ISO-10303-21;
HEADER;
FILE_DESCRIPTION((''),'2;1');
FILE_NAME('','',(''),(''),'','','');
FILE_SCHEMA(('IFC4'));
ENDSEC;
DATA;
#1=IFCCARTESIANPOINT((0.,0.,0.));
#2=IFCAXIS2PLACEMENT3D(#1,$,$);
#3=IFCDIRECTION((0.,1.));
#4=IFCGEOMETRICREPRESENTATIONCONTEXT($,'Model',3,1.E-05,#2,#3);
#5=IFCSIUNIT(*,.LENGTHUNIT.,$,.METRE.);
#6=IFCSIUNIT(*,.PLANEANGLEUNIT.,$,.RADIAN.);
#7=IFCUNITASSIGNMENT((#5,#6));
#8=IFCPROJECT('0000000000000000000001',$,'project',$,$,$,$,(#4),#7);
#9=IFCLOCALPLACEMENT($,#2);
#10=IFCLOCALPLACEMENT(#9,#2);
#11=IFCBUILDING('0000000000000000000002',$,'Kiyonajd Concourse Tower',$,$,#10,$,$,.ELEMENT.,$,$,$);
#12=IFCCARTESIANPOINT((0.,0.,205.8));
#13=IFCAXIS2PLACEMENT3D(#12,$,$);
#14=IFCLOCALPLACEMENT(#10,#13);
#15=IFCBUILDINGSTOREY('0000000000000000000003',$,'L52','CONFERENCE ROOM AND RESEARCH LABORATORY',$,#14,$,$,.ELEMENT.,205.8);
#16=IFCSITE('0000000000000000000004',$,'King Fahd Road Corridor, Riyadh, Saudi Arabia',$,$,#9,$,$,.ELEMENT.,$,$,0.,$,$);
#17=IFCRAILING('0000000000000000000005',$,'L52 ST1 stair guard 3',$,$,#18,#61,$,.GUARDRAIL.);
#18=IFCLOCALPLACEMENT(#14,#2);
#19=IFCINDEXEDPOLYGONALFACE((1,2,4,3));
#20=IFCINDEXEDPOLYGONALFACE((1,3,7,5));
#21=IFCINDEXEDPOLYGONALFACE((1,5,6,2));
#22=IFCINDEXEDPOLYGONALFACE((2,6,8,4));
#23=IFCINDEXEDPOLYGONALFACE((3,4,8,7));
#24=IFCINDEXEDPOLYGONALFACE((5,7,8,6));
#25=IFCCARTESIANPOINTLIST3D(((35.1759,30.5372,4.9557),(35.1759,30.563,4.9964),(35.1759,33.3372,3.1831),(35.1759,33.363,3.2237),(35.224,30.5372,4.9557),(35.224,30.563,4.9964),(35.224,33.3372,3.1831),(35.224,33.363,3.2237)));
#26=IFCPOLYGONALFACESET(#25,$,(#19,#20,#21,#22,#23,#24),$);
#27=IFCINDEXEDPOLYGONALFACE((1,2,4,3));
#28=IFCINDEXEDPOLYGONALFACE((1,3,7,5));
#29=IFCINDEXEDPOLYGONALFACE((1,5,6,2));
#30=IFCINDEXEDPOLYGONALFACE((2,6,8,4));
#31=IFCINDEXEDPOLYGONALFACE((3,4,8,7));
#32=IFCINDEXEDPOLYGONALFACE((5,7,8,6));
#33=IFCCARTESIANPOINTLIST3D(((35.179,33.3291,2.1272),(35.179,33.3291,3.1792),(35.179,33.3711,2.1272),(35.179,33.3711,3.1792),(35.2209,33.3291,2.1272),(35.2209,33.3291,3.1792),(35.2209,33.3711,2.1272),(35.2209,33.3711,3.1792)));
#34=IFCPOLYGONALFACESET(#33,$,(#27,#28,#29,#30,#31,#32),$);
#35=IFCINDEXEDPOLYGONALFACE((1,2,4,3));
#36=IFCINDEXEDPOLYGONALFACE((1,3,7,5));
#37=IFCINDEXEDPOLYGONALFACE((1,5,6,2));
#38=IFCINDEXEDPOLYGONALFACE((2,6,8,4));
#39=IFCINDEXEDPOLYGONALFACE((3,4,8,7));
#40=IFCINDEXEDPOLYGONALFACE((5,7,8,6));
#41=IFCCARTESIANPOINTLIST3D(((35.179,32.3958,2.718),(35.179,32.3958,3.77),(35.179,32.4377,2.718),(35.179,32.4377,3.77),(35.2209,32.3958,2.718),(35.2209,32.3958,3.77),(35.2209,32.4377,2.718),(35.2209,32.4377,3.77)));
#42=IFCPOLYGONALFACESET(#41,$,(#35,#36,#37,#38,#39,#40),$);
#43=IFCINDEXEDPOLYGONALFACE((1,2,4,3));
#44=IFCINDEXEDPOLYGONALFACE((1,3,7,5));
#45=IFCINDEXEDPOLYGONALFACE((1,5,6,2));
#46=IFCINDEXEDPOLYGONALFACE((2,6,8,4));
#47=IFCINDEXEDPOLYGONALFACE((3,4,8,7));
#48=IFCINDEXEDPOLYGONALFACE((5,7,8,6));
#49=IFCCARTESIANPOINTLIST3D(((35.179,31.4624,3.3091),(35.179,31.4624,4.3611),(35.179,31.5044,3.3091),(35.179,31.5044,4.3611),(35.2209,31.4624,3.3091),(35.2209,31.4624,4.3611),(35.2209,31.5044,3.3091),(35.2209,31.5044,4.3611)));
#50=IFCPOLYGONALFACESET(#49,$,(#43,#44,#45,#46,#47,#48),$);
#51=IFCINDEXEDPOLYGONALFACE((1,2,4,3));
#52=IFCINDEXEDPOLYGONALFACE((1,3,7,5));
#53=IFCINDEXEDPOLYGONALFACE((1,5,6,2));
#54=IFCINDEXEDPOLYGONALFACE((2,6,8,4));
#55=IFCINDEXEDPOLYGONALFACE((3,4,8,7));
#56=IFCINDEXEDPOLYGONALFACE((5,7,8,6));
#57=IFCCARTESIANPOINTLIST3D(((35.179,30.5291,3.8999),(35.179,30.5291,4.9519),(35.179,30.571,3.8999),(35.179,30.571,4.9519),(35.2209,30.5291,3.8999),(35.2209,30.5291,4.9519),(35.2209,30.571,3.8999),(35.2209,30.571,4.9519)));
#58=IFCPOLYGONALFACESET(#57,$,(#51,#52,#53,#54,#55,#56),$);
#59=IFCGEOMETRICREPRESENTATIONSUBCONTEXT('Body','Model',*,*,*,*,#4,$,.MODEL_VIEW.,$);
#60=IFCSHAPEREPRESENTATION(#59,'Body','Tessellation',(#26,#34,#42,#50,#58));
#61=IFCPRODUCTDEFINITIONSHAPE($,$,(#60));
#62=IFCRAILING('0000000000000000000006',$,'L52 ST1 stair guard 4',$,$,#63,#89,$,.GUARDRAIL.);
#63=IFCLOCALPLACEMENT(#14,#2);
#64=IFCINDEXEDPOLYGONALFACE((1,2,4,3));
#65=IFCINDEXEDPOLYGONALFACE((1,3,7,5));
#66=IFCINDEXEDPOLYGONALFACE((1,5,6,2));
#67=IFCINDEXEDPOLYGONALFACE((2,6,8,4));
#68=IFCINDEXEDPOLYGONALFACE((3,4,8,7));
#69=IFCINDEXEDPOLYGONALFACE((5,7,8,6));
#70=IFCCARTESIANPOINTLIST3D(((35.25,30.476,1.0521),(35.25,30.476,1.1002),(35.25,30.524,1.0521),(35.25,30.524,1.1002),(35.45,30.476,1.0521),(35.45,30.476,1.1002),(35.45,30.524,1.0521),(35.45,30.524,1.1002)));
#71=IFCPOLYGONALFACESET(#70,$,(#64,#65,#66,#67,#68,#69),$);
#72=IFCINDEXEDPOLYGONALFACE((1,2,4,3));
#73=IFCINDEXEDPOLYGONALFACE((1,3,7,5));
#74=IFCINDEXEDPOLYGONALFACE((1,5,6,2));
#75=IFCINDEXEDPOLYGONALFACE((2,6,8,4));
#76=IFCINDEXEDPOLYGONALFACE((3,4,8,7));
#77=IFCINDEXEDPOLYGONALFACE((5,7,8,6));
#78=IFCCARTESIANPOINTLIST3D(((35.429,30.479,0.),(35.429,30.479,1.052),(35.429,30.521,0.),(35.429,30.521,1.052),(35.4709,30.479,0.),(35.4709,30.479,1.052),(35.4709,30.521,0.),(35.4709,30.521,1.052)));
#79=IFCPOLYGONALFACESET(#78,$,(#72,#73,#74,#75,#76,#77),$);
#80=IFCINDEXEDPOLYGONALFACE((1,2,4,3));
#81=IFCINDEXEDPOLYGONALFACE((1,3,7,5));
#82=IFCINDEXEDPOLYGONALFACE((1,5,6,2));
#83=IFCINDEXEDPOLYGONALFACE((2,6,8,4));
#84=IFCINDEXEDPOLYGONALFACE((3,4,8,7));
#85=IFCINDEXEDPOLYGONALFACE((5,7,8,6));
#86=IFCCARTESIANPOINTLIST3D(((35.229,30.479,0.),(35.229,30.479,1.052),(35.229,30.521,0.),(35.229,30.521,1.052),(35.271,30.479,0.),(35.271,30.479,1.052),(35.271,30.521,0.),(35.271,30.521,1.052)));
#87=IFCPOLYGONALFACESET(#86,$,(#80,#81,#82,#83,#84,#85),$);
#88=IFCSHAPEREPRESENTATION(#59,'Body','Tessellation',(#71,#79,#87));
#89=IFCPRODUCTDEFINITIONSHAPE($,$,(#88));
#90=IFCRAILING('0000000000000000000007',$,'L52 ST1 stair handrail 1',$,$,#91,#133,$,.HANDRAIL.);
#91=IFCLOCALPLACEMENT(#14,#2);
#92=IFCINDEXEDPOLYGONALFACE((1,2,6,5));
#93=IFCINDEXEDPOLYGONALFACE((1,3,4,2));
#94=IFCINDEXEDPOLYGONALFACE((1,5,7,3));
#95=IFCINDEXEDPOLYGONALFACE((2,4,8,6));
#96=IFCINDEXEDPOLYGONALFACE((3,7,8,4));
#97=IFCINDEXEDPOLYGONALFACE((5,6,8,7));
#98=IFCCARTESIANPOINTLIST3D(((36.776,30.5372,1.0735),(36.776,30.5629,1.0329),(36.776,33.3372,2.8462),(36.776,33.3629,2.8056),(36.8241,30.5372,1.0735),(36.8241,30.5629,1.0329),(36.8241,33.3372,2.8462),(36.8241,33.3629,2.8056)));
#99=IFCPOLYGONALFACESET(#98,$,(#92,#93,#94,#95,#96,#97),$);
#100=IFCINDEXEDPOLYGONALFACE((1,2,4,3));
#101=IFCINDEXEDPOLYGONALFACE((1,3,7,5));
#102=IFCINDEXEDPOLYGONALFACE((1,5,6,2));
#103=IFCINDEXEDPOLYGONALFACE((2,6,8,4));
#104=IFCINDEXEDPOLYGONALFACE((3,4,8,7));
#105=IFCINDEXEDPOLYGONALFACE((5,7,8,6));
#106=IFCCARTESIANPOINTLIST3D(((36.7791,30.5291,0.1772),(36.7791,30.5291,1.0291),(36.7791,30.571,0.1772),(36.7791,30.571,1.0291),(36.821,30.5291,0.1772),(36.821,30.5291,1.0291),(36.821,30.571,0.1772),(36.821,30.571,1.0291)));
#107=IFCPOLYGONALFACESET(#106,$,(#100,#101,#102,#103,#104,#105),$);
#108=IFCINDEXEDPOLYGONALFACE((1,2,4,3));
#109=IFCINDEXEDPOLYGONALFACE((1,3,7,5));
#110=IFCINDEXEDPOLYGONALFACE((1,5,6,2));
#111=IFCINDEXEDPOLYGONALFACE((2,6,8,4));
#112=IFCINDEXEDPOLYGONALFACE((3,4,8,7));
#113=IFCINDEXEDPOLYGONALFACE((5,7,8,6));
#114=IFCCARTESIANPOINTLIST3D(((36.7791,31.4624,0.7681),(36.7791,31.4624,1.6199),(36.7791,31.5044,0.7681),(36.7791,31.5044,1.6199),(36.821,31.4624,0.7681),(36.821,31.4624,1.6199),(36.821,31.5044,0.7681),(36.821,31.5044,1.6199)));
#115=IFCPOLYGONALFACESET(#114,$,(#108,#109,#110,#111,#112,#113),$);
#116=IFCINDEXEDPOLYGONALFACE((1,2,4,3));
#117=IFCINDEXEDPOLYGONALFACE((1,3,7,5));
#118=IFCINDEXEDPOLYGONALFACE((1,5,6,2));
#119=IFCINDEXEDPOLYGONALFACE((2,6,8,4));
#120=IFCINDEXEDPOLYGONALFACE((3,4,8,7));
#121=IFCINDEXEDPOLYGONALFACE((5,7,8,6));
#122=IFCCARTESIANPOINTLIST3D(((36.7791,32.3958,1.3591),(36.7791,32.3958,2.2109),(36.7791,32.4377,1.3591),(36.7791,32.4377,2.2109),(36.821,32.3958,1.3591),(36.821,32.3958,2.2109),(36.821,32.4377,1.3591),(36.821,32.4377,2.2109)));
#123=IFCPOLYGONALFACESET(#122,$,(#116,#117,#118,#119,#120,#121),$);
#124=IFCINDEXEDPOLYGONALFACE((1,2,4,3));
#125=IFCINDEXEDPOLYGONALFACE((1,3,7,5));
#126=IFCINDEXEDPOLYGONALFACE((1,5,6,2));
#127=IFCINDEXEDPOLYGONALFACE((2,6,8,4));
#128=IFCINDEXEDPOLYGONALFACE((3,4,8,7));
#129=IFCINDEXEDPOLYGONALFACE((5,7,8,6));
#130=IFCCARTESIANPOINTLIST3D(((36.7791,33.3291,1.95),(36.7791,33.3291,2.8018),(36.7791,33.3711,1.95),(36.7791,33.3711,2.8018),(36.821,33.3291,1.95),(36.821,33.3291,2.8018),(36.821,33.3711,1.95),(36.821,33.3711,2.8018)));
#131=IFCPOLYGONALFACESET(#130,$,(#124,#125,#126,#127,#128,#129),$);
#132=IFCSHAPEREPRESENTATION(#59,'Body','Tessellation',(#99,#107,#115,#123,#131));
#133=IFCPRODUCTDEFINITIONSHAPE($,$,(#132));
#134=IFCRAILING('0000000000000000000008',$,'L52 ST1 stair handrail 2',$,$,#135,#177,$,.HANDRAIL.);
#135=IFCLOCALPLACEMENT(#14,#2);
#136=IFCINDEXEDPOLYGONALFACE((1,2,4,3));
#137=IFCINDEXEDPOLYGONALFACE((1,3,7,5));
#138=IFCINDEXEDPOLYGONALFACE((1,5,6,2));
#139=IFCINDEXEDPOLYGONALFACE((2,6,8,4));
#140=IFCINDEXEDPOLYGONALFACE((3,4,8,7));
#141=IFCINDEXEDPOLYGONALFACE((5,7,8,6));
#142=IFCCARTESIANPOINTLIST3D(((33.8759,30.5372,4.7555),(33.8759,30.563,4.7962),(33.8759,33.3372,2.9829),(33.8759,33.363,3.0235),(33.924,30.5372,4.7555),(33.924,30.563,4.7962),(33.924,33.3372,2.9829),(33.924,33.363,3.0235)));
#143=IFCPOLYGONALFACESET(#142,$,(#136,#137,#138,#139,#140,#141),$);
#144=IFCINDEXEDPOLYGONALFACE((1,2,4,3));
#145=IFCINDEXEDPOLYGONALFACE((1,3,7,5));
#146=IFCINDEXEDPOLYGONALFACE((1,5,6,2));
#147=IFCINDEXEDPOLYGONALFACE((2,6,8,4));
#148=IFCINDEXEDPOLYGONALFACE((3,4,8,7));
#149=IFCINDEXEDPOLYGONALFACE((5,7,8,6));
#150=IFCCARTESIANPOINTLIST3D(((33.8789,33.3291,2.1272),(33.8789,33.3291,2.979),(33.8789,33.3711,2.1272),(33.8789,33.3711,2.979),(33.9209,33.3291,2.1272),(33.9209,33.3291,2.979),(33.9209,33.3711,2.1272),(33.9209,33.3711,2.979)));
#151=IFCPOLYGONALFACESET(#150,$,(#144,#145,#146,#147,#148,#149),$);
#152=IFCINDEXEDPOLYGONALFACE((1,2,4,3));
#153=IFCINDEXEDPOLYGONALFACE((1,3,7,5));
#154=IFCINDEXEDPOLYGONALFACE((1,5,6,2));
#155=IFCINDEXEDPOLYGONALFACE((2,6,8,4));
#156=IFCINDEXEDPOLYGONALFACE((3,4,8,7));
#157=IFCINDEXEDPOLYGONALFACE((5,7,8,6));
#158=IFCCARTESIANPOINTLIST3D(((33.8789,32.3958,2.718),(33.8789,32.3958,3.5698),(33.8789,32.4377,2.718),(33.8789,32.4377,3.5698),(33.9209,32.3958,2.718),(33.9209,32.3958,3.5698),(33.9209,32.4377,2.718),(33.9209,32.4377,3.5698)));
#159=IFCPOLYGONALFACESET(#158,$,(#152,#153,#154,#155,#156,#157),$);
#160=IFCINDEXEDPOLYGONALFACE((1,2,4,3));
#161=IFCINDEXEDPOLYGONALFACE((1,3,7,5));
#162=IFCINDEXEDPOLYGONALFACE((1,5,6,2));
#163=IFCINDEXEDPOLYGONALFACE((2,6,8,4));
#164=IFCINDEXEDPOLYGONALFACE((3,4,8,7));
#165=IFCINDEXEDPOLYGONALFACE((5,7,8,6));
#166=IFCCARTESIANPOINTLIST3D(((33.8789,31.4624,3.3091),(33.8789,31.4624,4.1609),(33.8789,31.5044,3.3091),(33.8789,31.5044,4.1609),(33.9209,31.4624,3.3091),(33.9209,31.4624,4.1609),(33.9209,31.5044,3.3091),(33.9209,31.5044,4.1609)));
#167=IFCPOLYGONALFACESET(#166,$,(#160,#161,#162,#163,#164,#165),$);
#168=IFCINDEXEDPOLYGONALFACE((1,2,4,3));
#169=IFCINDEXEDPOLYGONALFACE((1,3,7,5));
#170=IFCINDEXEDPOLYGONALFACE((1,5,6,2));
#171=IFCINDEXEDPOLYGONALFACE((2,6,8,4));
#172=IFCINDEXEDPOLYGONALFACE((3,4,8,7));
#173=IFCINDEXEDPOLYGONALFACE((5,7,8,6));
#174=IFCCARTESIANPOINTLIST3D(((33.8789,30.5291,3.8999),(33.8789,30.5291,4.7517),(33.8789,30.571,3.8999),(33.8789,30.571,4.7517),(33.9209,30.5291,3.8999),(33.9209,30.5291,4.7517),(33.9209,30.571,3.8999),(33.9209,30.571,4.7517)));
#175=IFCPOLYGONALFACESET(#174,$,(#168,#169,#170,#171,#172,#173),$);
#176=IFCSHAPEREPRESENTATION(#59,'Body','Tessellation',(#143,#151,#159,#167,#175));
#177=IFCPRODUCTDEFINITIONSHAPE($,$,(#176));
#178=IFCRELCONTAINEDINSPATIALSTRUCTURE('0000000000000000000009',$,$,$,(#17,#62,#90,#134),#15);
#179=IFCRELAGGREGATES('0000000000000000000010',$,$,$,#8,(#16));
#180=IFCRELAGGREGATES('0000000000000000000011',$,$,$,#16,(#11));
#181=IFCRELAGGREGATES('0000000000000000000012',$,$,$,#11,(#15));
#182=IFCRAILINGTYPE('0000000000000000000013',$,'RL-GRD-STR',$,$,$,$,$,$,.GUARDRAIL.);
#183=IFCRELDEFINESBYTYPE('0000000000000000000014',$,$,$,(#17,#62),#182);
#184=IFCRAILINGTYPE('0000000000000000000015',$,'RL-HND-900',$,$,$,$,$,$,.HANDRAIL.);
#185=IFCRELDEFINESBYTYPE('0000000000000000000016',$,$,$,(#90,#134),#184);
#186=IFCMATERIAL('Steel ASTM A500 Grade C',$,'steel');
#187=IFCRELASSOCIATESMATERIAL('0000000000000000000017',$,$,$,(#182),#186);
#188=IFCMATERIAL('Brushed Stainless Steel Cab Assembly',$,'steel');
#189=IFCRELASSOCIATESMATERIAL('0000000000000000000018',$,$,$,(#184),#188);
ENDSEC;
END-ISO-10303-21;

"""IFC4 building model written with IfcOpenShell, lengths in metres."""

from ifc_helpers import new_model, si_unit, direction, frame, origin, origin_2d, place, context, subcontext, project, spatial, rectangle, extrude, material, type_object, element, save


model = new_model("IFC4")

# Units and contexts
model_context = context("Model", 3, precision=1e-05, world=origin(), true_north=direction((0.0, 1.0)))
body_context = subcontext(model_context, "Body", "Model", "MODEL_VIEW")
ifc_project = project(units=[si_unit("LENGTHUNIT", "METRE"), si_unit("PLANEANGLEUNIT", "RADIAN")], contexts=[model_context])

# Site, building, storey
site_placement = place(None, origin())
site = spatial("IfcSite", under=ifc_project, at=site_placement, Name="King Fahd Road Corridor, Riyadh, Saudi Arabia", CompositionType="ELEMENT", RefElevation=0.0)
building_placement = place(site_placement, origin())
building = spatial("IfcBuilding", under=site, at=building_placement, Name="Kiyonajd Concourse Tower", CompositionType="ELEMENT")
storey_placement = place(building_placement, frame((0.0, 0.0, 205.8)))
storey = spatial("IfcBuildingStorey", under=building, at=storey_placement, Name="L52", Description="CONFERENCE ROOM AND RESEARCH LABORATORY", CompositionType="ELEMENT", Elevation=205.8)

# Shared definitions
ifc_material_1 = material(Name="Brushed Stainless Steel Cab Assembly", Category="steel")

# Railings
ifc_material_2 = material(Name="Steel ASTM A500 Grade C", Category="steel")
railing_type_1 = type_object("IfcRailingType", Name="RL-GRD-STR", PredefinedType="GUARDRAIL", material=ifc_material_2)
railing_1_placement = place(storey_placement, frame((35.2, 33.3501, 2.1272)))
element("IfcRailing", 1, at=railing_1_placement, inside=storey, type_object=railing_type_1, Name="L52 ST1 stair guard 3", PredefinedType="GUARDRAIL", context=body_context, shape_type="SweptSolid", body=[
    extrude(rectangle(XDim=0.0481, YDim=0.0481, at=origin_2d()), frame((0.0, 0.0, 1.0762), z_axis=(0.0, -0.844909, 0.53491), x_axis=(1.0, 0.0, 0.0)), (0.0, 0.0, 1.0), 3.314),
    extrude(rectangle(XDim=0.042, YDim=0.042, at=origin_2d()), origin(), (0.0, 0.0, 1.0), 1.052),
    extrude(rectangle(XDim=0.042, YDim=0.042, at=origin_2d()), frame((0.0, -0.9333, 0.5908)), (0.0, 0.0, 1.0), 1.052),
    extrude(rectangle(XDim=0.042, YDim=0.042, at=origin_2d()), frame((0.0, -1.8667, 1.1819)), (0.0, 0.0, 1.0), 1.052),
    extrude(rectangle(XDim=0.042, YDim=0.042, at=origin_2d()), frame((0.0, -2.8, 1.7727)), (0.0, 0.0, 1.0), 1.052),
])
railing_2_placement = place(storey_placement, frame((35.45, 30.5, 0.0)))
element("IfcRailing", 2, at=railing_2_placement, inside=storey, type_object=railing_type_1, Name="L52 ST1 stair guard 4", PredefinedType="GUARDRAIL", context=body_context, shape_type="SweptSolid", body=[
    extrude(rectangle(XDim=0.0481, YDim=0.0481, at=origin_2d()), frame((0.0, 0.0, 1.0762), z_axis=(-1.0, 0.0, 0.0), x_axis=(0.0, -1.0, 0.0)), (0.0, 0.0, 1.0), 0.2),
    extrude(rectangle(XDim=0.042, YDim=0.042, at=origin_2d()), origin(), (0.0, 0.0, 1.0), 1.052),
    extrude(rectangle(XDim=0.042, YDim=0.042, at=origin_2d()), frame((-0.2, 0.0, 0.0)), (0.0, 0.0, 1.0), 1.052),
])
railing_type_2 = type_object("IfcRailingType", Name="RL-HND-900", PredefinedType="HANDRAIL", material=ifc_material_1)
railing_3_placement = place(storey_placement, frame((36.8, 30.55, 0.1772)))
element("IfcRailing", 3, at=railing_3_placement, inside=storey, type_object=railing_type_2, Name="L52 ST1 stair handrail 1", PredefinedType="HANDRAIL", context=body_context, shape_type="SweptSolid", body=[
    extrude(rectangle(XDim=0.0481, YDim=0.0481, at=origin_2d()), frame((0.0, 0.0, 0.876), z_axis=(0.0, 0.844909, 0.53491), x_axis=(-1.0, 0.0, 0.0)), (0.0, 0.0, 1.0), 3.314),
    extrude(rectangle(XDim=0.042, YDim=0.042, at=origin_2d()), origin(), (0.0, 0.0, 1.0), 0.8518),
    extrude(rectangle(XDim=0.042, YDim=0.042, at=origin_2d()), frame((0.0, 0.9333, 0.5908)), (0.0, 0.0, 1.0), 0.8518),
    extrude(rectangle(XDim=0.042, YDim=0.042, at=origin_2d()), frame((0.0, 1.8667, 1.1819)), (0.0, 0.0, 1.0), 0.8518),
    extrude(rectangle(XDim=0.042, YDim=0.042, at=origin_2d()), frame((0.0, 2.8, 1.7727)), (0.0, 0.0, 1.0), 0.8518),
])
railing_4_placement = place(storey_placement, frame((33.8999, 33.3501, 2.1272)))
element("IfcRailing", 4, at=railing_4_placement, inside=storey, type_object=railing_type_2, Name="L52 ST1 stair handrail 2", PredefinedType="HANDRAIL", context=body_context, shape_type="SweptSolid", body=[
    extrude(rectangle(XDim=0.0481, YDim=0.0481, at=origin_2d()), frame((0.0, 0.0, 0.876), z_axis=(0.0, -0.844909, 0.53491), x_axis=(1.0, 0.0, 0.0)), (0.0, 0.0, 1.0), 3.314),
    extrude(rectangle(XDim=0.042, YDim=0.042, at=origin_2d()), origin(), (0.0, 0.0, 1.0), 0.8518),
    extrude(rectangle(XDim=0.042, YDim=0.042, at=origin_2d()), frame((0.0, -0.9333, 0.5908)), (0.0, 0.0, 1.0), 0.8518),
    extrude(rectangle(XDim=0.042, YDim=0.042, at=origin_2d()), frame((0.0, -1.8667, 1.1819)), (0.0, 0.0, 1.0), 0.8518),
    extrude(rectangle(XDim=0.042, YDim=0.042, at=origin_2d()), frame((0.0, -2.8, 1.7727)), (0.0, 0.0, 1.0), 0.8518),
])

save(model, "model.ifc")
